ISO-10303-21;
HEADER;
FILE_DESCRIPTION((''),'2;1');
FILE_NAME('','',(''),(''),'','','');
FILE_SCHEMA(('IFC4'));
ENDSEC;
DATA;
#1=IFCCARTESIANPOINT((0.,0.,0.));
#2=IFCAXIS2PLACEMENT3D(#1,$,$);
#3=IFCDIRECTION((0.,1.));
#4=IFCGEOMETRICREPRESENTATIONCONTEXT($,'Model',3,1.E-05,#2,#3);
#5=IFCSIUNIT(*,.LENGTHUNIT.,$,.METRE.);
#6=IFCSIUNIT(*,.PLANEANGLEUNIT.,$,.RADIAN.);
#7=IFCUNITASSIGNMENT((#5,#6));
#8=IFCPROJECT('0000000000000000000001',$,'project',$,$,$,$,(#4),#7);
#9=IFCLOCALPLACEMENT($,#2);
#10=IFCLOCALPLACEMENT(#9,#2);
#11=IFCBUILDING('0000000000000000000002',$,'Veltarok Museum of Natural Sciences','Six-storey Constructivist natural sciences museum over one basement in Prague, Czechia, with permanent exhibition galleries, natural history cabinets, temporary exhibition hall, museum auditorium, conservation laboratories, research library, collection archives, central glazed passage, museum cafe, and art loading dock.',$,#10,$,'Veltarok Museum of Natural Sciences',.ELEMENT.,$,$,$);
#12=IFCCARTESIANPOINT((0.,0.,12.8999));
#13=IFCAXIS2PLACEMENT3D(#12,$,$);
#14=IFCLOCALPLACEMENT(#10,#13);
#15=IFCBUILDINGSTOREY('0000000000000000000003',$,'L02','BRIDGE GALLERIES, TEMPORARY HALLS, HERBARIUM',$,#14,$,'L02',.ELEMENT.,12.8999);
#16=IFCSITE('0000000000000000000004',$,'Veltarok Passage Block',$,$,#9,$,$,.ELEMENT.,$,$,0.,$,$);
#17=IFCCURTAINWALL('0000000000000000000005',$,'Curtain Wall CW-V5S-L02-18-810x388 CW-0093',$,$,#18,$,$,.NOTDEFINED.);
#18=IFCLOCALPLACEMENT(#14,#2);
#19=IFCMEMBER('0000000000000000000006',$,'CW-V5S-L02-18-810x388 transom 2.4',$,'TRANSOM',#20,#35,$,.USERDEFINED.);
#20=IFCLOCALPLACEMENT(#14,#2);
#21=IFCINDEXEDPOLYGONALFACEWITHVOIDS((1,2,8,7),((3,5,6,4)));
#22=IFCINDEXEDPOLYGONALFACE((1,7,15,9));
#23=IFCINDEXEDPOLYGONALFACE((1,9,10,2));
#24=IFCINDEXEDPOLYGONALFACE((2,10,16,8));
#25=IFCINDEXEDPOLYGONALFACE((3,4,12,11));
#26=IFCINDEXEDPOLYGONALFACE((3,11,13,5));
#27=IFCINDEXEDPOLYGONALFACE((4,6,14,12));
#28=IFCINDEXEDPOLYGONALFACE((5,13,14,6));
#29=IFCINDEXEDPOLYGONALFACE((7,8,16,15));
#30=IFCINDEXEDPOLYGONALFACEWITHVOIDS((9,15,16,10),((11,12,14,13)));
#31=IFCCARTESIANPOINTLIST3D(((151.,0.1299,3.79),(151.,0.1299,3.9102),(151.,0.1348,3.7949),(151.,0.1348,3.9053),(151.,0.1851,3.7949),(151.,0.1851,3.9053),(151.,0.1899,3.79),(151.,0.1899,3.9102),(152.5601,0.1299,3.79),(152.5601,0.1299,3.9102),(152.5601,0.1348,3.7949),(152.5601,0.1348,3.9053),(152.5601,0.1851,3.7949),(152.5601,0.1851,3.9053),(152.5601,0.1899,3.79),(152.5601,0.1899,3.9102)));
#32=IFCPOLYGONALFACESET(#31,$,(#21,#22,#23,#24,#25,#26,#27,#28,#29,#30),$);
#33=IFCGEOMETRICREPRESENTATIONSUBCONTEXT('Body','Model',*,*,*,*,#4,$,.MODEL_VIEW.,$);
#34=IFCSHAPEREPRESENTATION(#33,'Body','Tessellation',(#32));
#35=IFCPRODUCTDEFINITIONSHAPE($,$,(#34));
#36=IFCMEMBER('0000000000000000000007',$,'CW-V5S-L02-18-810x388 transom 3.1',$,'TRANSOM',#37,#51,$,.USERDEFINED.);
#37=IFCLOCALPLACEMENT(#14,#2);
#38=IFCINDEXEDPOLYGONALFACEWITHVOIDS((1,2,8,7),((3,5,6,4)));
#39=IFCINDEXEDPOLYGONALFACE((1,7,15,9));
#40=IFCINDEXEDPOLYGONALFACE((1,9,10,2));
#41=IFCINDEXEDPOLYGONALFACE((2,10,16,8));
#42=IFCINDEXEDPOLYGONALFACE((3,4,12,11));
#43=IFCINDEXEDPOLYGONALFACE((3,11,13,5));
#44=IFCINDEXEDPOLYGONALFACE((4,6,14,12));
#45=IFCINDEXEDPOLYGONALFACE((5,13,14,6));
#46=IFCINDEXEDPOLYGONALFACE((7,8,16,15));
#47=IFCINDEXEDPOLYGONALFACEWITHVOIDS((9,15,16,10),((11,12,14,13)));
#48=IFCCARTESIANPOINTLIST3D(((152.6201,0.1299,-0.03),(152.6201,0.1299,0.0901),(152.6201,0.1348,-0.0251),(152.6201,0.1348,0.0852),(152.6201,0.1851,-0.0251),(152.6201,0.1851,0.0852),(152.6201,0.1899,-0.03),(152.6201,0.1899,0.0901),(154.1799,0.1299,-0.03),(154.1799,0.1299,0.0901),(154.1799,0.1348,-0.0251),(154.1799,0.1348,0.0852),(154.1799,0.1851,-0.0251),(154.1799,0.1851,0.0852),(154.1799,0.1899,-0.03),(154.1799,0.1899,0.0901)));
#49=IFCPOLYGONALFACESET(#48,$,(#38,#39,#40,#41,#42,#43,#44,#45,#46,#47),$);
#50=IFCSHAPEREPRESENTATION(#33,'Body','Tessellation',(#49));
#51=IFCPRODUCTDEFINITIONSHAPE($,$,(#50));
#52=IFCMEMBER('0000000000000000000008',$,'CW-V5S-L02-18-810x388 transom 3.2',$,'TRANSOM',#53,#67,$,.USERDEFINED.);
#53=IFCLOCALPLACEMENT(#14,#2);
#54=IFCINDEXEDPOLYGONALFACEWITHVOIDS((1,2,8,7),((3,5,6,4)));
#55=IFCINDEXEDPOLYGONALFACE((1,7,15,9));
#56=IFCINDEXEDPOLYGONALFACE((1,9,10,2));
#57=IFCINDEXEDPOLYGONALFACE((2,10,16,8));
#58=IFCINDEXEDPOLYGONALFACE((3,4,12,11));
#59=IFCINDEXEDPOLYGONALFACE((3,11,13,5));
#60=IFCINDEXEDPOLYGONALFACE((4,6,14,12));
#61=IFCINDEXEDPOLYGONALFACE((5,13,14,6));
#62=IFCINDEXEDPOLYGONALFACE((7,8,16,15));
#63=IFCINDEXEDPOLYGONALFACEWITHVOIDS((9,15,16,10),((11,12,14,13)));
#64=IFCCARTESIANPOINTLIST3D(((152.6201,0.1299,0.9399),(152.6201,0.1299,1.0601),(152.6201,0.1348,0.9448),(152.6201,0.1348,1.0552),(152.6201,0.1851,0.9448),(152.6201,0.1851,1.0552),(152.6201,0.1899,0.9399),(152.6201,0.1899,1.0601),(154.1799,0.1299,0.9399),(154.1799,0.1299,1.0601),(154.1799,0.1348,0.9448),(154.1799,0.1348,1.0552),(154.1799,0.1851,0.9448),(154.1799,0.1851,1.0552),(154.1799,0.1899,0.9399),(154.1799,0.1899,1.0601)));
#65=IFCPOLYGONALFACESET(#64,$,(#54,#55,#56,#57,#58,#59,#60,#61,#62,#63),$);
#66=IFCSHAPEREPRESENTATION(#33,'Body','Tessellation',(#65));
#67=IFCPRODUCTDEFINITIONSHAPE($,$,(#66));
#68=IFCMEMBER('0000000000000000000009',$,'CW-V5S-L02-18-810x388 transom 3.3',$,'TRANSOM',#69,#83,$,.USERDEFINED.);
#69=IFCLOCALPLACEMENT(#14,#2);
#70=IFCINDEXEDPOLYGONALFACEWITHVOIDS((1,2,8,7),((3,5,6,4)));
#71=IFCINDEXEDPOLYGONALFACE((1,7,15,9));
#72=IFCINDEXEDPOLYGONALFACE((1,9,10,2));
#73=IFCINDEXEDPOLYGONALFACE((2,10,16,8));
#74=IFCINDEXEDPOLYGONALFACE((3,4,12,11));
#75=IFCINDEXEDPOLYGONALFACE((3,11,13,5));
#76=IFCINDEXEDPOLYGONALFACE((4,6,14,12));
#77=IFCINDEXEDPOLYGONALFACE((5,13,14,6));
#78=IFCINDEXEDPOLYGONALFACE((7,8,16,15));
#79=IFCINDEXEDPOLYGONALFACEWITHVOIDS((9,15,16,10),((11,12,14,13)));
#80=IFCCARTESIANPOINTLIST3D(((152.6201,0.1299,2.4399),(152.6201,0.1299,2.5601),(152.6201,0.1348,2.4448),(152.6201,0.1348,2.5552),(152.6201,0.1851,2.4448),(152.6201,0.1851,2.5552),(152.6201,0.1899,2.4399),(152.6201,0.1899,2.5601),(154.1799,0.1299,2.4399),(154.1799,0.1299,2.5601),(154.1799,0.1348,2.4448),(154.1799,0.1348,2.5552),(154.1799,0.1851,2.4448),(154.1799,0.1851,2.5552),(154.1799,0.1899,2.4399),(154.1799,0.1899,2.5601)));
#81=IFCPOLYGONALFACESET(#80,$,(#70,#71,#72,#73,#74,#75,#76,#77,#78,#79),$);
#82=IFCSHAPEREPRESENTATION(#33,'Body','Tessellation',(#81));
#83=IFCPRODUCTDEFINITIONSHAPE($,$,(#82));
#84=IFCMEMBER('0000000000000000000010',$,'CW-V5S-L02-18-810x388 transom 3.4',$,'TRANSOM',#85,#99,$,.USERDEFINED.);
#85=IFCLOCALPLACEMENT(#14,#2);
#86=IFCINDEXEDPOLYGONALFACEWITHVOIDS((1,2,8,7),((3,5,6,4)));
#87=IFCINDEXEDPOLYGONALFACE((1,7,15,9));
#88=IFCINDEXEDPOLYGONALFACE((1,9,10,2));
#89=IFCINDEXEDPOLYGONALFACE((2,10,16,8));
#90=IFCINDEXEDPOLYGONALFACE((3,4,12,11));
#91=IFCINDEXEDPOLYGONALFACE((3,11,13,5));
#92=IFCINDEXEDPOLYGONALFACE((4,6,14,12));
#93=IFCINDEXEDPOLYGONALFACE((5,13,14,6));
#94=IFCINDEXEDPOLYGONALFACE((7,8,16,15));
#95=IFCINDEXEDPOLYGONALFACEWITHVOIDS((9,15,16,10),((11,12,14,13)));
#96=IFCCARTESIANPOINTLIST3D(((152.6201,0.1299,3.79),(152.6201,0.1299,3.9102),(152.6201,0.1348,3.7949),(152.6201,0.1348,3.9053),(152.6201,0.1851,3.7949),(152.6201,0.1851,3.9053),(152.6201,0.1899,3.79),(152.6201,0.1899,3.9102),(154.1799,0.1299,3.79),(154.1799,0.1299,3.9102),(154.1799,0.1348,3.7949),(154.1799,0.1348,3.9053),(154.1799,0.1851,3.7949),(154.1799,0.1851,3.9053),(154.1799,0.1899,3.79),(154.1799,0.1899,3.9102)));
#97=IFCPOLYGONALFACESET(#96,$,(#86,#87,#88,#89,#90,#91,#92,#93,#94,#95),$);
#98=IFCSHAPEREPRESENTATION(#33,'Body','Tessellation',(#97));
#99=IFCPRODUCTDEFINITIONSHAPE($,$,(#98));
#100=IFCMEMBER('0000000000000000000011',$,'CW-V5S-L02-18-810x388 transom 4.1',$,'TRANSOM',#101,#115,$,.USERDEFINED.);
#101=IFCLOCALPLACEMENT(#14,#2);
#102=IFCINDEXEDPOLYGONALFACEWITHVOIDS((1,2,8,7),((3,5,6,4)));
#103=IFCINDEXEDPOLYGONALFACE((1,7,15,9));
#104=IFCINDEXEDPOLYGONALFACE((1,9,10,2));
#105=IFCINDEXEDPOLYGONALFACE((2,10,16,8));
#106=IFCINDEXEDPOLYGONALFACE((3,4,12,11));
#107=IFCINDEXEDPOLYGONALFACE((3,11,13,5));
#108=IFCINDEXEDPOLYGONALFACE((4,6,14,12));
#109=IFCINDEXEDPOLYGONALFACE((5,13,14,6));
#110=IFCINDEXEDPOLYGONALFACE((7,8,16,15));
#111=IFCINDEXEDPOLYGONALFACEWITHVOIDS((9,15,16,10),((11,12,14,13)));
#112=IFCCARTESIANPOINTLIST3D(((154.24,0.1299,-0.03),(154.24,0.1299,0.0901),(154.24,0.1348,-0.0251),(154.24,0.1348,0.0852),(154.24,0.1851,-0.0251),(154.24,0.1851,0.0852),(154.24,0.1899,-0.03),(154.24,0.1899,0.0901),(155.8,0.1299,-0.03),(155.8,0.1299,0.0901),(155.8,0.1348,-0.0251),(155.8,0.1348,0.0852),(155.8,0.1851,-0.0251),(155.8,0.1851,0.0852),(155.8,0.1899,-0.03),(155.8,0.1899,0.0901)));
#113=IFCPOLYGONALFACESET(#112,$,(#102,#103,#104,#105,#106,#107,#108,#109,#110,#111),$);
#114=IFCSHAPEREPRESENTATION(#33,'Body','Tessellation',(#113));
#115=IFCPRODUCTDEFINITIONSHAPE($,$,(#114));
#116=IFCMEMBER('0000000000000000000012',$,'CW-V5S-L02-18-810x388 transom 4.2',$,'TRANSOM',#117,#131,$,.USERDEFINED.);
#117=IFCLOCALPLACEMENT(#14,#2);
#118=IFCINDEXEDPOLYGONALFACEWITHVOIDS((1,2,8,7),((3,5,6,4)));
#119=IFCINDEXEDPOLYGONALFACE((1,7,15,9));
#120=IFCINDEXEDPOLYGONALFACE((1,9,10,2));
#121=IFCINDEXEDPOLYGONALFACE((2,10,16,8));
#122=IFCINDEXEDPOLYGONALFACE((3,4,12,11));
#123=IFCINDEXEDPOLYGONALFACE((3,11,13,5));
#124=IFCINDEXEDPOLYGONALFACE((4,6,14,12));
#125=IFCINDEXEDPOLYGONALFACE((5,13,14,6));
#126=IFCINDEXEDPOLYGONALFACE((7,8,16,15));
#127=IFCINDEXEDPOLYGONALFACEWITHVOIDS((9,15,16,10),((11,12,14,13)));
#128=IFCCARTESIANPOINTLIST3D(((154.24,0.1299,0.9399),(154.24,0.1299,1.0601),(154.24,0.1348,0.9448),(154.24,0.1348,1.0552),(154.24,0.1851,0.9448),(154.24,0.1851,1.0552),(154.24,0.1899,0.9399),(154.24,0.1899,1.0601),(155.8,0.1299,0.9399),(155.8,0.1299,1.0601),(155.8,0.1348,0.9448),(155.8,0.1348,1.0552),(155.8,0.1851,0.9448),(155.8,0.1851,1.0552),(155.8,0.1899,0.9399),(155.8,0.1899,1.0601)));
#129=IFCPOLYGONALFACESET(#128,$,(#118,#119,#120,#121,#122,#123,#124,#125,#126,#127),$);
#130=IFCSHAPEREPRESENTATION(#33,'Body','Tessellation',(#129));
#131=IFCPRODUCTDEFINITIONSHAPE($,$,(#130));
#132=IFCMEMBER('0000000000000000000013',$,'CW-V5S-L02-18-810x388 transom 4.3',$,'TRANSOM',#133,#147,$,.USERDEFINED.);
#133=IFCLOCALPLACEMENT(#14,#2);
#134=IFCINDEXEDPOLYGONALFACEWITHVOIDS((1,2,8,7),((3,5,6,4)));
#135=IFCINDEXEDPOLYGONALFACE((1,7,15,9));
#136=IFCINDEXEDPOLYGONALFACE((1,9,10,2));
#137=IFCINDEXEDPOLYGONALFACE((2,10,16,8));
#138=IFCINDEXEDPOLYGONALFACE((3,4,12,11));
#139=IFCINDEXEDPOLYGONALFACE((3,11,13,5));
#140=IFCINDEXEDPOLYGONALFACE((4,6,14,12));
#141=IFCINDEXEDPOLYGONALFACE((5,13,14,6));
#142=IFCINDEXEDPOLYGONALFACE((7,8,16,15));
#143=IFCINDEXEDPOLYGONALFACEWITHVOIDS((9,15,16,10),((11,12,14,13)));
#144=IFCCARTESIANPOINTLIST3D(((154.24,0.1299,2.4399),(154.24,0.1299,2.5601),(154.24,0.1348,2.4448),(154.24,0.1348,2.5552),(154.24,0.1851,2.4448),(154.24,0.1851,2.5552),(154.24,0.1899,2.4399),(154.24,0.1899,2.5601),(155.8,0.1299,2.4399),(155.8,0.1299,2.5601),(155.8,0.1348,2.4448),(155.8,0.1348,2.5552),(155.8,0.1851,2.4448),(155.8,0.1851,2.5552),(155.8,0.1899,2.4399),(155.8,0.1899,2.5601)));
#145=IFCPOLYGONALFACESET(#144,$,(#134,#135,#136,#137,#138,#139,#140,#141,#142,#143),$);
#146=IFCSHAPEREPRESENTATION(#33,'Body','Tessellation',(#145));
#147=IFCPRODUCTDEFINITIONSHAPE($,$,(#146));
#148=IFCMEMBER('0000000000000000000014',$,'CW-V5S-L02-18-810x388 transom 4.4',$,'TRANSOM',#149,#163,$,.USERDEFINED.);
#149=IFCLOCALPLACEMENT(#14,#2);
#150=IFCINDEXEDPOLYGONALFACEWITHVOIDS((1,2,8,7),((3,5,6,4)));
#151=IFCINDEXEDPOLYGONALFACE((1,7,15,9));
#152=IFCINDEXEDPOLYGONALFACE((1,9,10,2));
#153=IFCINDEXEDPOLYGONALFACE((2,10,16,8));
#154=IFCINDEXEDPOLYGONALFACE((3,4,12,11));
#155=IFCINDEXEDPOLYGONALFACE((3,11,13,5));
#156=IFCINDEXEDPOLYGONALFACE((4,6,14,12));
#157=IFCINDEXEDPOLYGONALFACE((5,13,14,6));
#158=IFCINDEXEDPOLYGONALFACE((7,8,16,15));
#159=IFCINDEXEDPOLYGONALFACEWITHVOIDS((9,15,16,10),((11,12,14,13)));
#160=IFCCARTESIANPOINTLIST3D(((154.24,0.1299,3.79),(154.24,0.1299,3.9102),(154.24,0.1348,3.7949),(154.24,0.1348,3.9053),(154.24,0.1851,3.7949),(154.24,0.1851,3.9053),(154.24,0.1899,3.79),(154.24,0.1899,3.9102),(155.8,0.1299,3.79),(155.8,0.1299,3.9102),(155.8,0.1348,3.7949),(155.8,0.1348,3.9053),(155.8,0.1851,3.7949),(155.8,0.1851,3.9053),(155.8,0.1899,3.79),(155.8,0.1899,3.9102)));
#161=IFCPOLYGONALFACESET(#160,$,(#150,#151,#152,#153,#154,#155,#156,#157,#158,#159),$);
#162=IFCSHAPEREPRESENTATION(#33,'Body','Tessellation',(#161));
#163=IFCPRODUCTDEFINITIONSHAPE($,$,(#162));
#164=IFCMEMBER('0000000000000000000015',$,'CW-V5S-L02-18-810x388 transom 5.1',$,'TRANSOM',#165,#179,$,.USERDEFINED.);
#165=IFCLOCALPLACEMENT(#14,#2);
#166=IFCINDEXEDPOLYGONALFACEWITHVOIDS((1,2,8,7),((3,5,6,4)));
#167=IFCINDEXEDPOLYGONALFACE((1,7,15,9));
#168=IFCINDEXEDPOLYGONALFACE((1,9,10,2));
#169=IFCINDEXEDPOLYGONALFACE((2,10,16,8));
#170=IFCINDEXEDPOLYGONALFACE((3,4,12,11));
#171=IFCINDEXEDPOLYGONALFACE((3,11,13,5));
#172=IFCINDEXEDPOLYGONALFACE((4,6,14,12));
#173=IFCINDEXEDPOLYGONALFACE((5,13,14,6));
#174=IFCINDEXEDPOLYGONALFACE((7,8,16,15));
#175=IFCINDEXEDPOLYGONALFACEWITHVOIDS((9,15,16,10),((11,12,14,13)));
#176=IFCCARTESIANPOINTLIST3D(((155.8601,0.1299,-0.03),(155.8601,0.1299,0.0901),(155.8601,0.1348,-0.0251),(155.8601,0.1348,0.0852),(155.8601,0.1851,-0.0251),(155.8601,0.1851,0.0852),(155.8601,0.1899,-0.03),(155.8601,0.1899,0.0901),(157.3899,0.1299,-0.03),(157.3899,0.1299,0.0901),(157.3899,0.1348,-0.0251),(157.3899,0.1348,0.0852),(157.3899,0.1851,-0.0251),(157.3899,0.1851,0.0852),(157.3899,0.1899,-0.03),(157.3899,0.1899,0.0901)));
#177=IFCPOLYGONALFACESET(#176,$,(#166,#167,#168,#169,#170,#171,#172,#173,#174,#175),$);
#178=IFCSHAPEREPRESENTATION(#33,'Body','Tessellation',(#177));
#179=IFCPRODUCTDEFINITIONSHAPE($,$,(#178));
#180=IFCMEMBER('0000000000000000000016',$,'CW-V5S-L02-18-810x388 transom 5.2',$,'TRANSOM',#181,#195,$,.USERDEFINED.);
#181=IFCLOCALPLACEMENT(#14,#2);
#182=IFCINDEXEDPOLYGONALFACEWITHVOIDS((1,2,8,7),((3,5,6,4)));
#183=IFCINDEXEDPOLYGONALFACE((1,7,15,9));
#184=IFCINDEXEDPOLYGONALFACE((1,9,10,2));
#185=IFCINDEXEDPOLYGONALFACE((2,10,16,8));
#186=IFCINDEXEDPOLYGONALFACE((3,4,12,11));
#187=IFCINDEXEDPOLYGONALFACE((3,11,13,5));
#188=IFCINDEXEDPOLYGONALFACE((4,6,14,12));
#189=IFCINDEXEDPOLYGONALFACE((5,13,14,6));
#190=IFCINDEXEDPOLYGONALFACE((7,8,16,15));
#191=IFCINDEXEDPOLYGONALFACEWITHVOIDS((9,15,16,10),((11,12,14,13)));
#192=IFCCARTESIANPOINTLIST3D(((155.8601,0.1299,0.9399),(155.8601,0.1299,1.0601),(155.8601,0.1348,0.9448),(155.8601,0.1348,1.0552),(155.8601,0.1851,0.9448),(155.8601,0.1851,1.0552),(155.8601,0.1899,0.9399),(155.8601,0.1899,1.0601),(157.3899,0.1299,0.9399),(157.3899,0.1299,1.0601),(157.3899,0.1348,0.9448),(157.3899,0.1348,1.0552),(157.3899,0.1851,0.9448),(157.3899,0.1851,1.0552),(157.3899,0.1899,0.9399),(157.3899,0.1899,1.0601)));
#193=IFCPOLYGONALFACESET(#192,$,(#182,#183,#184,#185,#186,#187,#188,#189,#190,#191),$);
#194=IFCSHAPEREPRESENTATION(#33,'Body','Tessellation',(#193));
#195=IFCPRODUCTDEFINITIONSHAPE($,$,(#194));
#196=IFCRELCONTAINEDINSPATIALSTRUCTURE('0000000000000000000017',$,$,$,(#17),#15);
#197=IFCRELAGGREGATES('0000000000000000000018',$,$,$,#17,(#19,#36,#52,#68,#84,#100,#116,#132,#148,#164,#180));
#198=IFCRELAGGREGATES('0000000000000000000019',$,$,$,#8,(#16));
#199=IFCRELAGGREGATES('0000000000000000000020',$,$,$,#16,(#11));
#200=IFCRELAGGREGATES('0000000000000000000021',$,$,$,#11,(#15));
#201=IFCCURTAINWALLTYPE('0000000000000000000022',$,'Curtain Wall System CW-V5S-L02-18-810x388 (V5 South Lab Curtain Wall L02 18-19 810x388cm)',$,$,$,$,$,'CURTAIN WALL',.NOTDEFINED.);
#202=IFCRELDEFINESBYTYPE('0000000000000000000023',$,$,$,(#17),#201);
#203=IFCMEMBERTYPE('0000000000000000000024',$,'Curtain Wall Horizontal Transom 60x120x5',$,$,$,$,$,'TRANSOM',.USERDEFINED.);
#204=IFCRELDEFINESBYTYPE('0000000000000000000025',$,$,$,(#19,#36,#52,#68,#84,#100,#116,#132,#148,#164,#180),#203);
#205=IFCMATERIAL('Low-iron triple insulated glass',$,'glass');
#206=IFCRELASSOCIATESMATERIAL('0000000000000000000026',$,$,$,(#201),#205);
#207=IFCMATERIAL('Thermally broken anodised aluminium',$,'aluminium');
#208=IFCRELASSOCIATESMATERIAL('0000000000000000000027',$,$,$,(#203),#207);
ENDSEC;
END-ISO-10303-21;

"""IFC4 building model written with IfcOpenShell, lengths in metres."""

from ifc_helpers import new_model, si_unit, direction, frame, origin, origin_2d, place, context, subcontext, project, spatial, hollow_rectangle, extrude, material, material_profile, profile_set, type_object, element, aggregate, save


model = new_model("IFC4")

# Units and contexts
model_context = context("Model", 3, precision=1e-05, world=origin(), true_north=direction((0.0, 1.0)))
body_context = subcontext(model_context, "Body", "Model", "MODEL_VIEW")
ifc_project = project(units=[si_unit("LENGTHUNIT", "METRE"), si_unit("PLANEANGLEUNIT", "RADIAN")], contexts=[model_context])

# Site, building, storey
site_placement = place(None, origin())
site = spatial("IfcSite", under=ifc_project, at=site_placement, Name="Veltarok Passage Block", CompositionType="ELEMENT", RefElevation=0.0)
building_placement = place(site_placement, origin())
building = spatial("IfcBuilding", under=site, at=building_placement, Name="Veltarok Museum of Natural Sciences", Description="Six-storey Constructivist natural sciences museum over one basement in Prague, Czechia, with permanent exhibition galleries, natural history cabinets, temporary exhibition hall, museum auditorium, conservation laboratories, research library, collection archives, central glazed passage, museum cafe, and art loading dock.", LongName="Veltarok Museum of Natural Sciences", CompositionType="ELEMENT")
storey_placement = place(building_placement, frame((0.0, 0.0, 12.8999)))
storey = spatial("IfcBuildingStorey", under=building, at=storey_placement, Name="L02", Description="BRIDGE GALLERIES, TEMPORARY HALLS, HERBARIUM", LongName="L02", CompositionType="ELEMENT", Elevation=12.8999)

# Curtain wall, members
ifc_material_1 = material(Name="Low-iron triple insulated glass", Category="glass")
curtain_wall_type = type_object("IfcCurtainWallType", Name="Curtain Wall System CW-V5S-L02-18-810x388 (V5 South Lab Curtain Wall L02 18-19 810x388cm)", ElementType="CURTAIN WALL", PredefinedType="NOTDEFINED", material=ifc_material_1)
curtain_wall_placement = place(storey_placement, origin())
curtain_wall = element("IfcCurtainWall", 1, at=curtain_wall_placement, inside=storey, type_object=curtain_wall_type, Name="Curtain Wall CW-V5S-L02-18-810x388 CW-0093", PredefinedType="NOTDEFINED")
ifc_material_2 = material(Name="Thermally broken anodised aluminium", Category="aluminium")
ifc_material_profile_1 = material_profile(ifc_material_2, hollow_rectangle(XDim=0.0601, YDim=0.1201, WallThickness=0.0049, at=origin_2d()), Name="CW TRANSOM 60x120x5")
ifc_profile_set_1 = profile_set([ifc_material_profile_1], Name="Thermally broken anodised aluminium")
member_type_1 = type_object("IfcMemberType", Name="Curtain Wall Horizontal Transom 60x120x5", ElementType="TRANSOM", PredefinedType="USERDEFINED", material=ifc_profile_set_1)
member_1_placement = place(storey_placement, frame((151.0, 0.1599, 3.8501), z_axis=(1.0, 0.0, 0.0), x_axis=(0.0, 1.0, 0.0)))
member_1 = element("IfcMember", 2, at=member_1_placement, type_object=member_type_1, Name="CW-V5S-L02-18-810x388 transom 2.4", ObjectType="TRANSOM", PredefinedType="USERDEFINED", context=body_context, shape_type="SweptSolid", body=[
    extrude(hollow_rectangle(XDim=0.0601, YDim=0.1201, WallThickness=0.0049, at=origin_2d()), origin(), (0.0, 0.0, 1.0), 1.5601),
])
member_2_placement = place(storey_placement, frame((152.6201, 0.1599, 0.03), z_axis=(1.0, 0.0, 0.0), x_axis=(0.0, 1.0, 0.0)))
member_2 = element("IfcMember", 3, at=member_2_placement, type_object=member_type_1, Name="CW-V5S-L02-18-810x388 transom 3.1", ObjectType="TRANSOM", PredefinedType="USERDEFINED", context=body_context, shape_type="SweptSolid", body=[
    extrude(hollow_rectangle(XDim=0.0601, YDim=0.1201, WallThickness=0.0049, at=origin_2d()), origin(), (0.0, 0.0, 1.0), 1.5598),
])
member_3_placement = place(storey_placement, frame((152.6201, 0.1599, 1.0), z_axis=(1.0, 0.0, 0.0), x_axis=(0.0, 1.0, 0.0)))
member_3 = element("IfcMember", 4, at=member_3_placement, type_object=member_type_1, Name="CW-V5S-L02-18-810x388 transom 3.2", ObjectType="TRANSOM", PredefinedType="USERDEFINED", context=body_context, shape_type="SweptSolid", body=[
    extrude(hollow_rectangle(XDim=0.0601, YDim=0.1201, WallThickness=0.0049, at=origin_2d()), origin(), (0.0, 0.0, 1.0), 1.5598),
])
member_4_placement = place(storey_placement, frame((152.6201, 0.1599, 2.5), z_axis=(1.0, 0.0, 0.0), x_axis=(0.0, 1.0, 0.0)))
member_4 = element("IfcMember", 5, at=member_4_placement, type_object=member_type_1, Name="CW-V5S-L02-18-810x388 transom 3.3", ObjectType="TRANSOM", PredefinedType="USERDEFINED", context=body_context, shape_type="SweptSolid", body=[
    extrude(hollow_rectangle(XDim=0.0601, YDim=0.1201, WallThickness=0.0049, at=origin_2d()), origin(), (0.0, 0.0, 1.0), 1.5598),
])
member_5_placement = place(storey_placement, frame((152.6201, 0.1599, 3.8501), z_axis=(1.0, 0.0, 0.0), x_axis=(0.0, 1.0, 0.0)))
member_5 = element("IfcMember", 6, at=member_5_placement, type_object=member_type_1, Name="CW-V5S-L02-18-810x388 transom 3.4", ObjectType="TRANSOM", PredefinedType="USERDEFINED", context=body_context, shape_type="SweptSolid", body=[
    extrude(hollow_rectangle(XDim=0.0601, YDim=0.1201, WallThickness=0.0049, at=origin_2d()), origin(), (0.0, 0.0, 1.0), 1.5598),
])
member_6_placement = place(storey_placement, frame((154.24, 0.1599, 0.03), z_axis=(1.0, 0.0, 0.0), x_axis=(0.0, 1.0, 0.0)))
member_6 = element("IfcMember", 7, at=member_6_placement, type_object=member_type_1, Name="CW-V5S-L02-18-810x388 transom 4.1", ObjectType="TRANSOM", PredefinedType="USERDEFINED", context=body_context, shape_type="SweptSolid", body=[
    extrude(hollow_rectangle(XDim=0.0601, YDim=0.1201, WallThickness=0.0049, at=origin_2d()), origin(), (0.0, 0.0, 1.0), 1.5601),
])
member_7_placement = place(storey_placement, frame((154.24, 0.1599, 1.0), z_axis=(1.0, 0.0, 0.0), x_axis=(0.0, 1.0, 0.0)))
member_7 = element("IfcMember", 8, at=member_7_placement, type_object=member_type_1, Name="CW-V5S-L02-18-810x388 transom 4.2", ObjectType="TRANSOM", PredefinedType="USERDEFINED", context=body_context, shape_type="SweptSolid", body=[
    extrude(hollow_rectangle(XDim=0.0601, YDim=0.1201, WallThickness=0.0049, at=origin_2d()), origin(), (0.0, 0.0, 1.0), 1.5601),
])
member_8_placement = place(storey_placement, frame((154.24, 0.1599, 2.5), z_axis=(1.0, 0.0, 0.0), x_axis=(0.0, 1.0, 0.0)))
member_8 = element("IfcMember", 9, at=member_8_placement, type_object=member_type_1, Name="CW-V5S-L02-18-810x388 transom 4.3", ObjectType="TRANSOM", PredefinedType="USERDEFINED", context=body_context, shape_type="SweptSolid", body=[
    extrude(hollow_rectangle(XDim=0.0601, YDim=0.1201, WallThickness=0.0049, at=origin_2d()), origin(), (0.0, 0.0, 1.0), 1.5601),
])
member_9_placement = place(storey_placement, frame((154.24, 0.1599, 3.8501), z_axis=(1.0, 0.0, 0.0), x_axis=(0.0, 1.0, 0.0)))
member_9 = element("IfcMember", 10, at=member_9_placement, type_object=member_type_1, Name="CW-V5S-L02-18-810x388 transom 4.4", ObjectType="TRANSOM", PredefinedType="USERDEFINED", context=body_context, shape_type="SweptSolid", body=[
    extrude(hollow_rectangle(XDim=0.0601, YDim=0.1201, WallThickness=0.0049, at=origin_2d()), origin(), (0.0, 0.0, 1.0), 1.5601),
])
member_10_placement = place(storey_placement, frame((155.8601, 0.1599, 0.03), z_axis=(1.0, 0.0, 0.0), x_axis=(0.0, 1.0, 0.0)))
member_10 = element("IfcMember", 11, at=member_10_placement, type_object=member_type_1, Name="CW-V5S-L02-18-810x388 transom 5.1", ObjectType="TRANSOM", PredefinedType="USERDEFINED", context=body_context, shape_type="SweptSolid", body=[
    extrude(hollow_rectangle(XDim=0.0601, YDim=0.1201, WallThickness=0.0049, at=origin_2d()), origin(), (0.0, 0.0, 1.0), 1.5298),
])
member_11_placement = place(storey_placement, frame((155.8601, 0.1599, 1.0), z_axis=(1.0, 0.0, 0.0), x_axis=(0.0, 1.0, 0.0)))
member_11 = element("IfcMember", 12, at=member_11_placement, type_object=member_type_1, Name="CW-V5S-L02-18-810x388 transom 5.2", ObjectType="TRANSOM", PredefinedType="USERDEFINED", context=body_context, shape_type="SweptSolid", body=[
    extrude(hollow_rectangle(XDim=0.0601, YDim=0.1201, WallThickness=0.0049, at=origin_2d()), origin(), (0.0, 0.0, 1.0), 1.5298),
])

aggregate(curtain_wall, [member_1, member_2, member_3, member_4, member_5, member_6, member_7, member_8, member_9, member_10, member_11])

save(model, "model.ifc")
